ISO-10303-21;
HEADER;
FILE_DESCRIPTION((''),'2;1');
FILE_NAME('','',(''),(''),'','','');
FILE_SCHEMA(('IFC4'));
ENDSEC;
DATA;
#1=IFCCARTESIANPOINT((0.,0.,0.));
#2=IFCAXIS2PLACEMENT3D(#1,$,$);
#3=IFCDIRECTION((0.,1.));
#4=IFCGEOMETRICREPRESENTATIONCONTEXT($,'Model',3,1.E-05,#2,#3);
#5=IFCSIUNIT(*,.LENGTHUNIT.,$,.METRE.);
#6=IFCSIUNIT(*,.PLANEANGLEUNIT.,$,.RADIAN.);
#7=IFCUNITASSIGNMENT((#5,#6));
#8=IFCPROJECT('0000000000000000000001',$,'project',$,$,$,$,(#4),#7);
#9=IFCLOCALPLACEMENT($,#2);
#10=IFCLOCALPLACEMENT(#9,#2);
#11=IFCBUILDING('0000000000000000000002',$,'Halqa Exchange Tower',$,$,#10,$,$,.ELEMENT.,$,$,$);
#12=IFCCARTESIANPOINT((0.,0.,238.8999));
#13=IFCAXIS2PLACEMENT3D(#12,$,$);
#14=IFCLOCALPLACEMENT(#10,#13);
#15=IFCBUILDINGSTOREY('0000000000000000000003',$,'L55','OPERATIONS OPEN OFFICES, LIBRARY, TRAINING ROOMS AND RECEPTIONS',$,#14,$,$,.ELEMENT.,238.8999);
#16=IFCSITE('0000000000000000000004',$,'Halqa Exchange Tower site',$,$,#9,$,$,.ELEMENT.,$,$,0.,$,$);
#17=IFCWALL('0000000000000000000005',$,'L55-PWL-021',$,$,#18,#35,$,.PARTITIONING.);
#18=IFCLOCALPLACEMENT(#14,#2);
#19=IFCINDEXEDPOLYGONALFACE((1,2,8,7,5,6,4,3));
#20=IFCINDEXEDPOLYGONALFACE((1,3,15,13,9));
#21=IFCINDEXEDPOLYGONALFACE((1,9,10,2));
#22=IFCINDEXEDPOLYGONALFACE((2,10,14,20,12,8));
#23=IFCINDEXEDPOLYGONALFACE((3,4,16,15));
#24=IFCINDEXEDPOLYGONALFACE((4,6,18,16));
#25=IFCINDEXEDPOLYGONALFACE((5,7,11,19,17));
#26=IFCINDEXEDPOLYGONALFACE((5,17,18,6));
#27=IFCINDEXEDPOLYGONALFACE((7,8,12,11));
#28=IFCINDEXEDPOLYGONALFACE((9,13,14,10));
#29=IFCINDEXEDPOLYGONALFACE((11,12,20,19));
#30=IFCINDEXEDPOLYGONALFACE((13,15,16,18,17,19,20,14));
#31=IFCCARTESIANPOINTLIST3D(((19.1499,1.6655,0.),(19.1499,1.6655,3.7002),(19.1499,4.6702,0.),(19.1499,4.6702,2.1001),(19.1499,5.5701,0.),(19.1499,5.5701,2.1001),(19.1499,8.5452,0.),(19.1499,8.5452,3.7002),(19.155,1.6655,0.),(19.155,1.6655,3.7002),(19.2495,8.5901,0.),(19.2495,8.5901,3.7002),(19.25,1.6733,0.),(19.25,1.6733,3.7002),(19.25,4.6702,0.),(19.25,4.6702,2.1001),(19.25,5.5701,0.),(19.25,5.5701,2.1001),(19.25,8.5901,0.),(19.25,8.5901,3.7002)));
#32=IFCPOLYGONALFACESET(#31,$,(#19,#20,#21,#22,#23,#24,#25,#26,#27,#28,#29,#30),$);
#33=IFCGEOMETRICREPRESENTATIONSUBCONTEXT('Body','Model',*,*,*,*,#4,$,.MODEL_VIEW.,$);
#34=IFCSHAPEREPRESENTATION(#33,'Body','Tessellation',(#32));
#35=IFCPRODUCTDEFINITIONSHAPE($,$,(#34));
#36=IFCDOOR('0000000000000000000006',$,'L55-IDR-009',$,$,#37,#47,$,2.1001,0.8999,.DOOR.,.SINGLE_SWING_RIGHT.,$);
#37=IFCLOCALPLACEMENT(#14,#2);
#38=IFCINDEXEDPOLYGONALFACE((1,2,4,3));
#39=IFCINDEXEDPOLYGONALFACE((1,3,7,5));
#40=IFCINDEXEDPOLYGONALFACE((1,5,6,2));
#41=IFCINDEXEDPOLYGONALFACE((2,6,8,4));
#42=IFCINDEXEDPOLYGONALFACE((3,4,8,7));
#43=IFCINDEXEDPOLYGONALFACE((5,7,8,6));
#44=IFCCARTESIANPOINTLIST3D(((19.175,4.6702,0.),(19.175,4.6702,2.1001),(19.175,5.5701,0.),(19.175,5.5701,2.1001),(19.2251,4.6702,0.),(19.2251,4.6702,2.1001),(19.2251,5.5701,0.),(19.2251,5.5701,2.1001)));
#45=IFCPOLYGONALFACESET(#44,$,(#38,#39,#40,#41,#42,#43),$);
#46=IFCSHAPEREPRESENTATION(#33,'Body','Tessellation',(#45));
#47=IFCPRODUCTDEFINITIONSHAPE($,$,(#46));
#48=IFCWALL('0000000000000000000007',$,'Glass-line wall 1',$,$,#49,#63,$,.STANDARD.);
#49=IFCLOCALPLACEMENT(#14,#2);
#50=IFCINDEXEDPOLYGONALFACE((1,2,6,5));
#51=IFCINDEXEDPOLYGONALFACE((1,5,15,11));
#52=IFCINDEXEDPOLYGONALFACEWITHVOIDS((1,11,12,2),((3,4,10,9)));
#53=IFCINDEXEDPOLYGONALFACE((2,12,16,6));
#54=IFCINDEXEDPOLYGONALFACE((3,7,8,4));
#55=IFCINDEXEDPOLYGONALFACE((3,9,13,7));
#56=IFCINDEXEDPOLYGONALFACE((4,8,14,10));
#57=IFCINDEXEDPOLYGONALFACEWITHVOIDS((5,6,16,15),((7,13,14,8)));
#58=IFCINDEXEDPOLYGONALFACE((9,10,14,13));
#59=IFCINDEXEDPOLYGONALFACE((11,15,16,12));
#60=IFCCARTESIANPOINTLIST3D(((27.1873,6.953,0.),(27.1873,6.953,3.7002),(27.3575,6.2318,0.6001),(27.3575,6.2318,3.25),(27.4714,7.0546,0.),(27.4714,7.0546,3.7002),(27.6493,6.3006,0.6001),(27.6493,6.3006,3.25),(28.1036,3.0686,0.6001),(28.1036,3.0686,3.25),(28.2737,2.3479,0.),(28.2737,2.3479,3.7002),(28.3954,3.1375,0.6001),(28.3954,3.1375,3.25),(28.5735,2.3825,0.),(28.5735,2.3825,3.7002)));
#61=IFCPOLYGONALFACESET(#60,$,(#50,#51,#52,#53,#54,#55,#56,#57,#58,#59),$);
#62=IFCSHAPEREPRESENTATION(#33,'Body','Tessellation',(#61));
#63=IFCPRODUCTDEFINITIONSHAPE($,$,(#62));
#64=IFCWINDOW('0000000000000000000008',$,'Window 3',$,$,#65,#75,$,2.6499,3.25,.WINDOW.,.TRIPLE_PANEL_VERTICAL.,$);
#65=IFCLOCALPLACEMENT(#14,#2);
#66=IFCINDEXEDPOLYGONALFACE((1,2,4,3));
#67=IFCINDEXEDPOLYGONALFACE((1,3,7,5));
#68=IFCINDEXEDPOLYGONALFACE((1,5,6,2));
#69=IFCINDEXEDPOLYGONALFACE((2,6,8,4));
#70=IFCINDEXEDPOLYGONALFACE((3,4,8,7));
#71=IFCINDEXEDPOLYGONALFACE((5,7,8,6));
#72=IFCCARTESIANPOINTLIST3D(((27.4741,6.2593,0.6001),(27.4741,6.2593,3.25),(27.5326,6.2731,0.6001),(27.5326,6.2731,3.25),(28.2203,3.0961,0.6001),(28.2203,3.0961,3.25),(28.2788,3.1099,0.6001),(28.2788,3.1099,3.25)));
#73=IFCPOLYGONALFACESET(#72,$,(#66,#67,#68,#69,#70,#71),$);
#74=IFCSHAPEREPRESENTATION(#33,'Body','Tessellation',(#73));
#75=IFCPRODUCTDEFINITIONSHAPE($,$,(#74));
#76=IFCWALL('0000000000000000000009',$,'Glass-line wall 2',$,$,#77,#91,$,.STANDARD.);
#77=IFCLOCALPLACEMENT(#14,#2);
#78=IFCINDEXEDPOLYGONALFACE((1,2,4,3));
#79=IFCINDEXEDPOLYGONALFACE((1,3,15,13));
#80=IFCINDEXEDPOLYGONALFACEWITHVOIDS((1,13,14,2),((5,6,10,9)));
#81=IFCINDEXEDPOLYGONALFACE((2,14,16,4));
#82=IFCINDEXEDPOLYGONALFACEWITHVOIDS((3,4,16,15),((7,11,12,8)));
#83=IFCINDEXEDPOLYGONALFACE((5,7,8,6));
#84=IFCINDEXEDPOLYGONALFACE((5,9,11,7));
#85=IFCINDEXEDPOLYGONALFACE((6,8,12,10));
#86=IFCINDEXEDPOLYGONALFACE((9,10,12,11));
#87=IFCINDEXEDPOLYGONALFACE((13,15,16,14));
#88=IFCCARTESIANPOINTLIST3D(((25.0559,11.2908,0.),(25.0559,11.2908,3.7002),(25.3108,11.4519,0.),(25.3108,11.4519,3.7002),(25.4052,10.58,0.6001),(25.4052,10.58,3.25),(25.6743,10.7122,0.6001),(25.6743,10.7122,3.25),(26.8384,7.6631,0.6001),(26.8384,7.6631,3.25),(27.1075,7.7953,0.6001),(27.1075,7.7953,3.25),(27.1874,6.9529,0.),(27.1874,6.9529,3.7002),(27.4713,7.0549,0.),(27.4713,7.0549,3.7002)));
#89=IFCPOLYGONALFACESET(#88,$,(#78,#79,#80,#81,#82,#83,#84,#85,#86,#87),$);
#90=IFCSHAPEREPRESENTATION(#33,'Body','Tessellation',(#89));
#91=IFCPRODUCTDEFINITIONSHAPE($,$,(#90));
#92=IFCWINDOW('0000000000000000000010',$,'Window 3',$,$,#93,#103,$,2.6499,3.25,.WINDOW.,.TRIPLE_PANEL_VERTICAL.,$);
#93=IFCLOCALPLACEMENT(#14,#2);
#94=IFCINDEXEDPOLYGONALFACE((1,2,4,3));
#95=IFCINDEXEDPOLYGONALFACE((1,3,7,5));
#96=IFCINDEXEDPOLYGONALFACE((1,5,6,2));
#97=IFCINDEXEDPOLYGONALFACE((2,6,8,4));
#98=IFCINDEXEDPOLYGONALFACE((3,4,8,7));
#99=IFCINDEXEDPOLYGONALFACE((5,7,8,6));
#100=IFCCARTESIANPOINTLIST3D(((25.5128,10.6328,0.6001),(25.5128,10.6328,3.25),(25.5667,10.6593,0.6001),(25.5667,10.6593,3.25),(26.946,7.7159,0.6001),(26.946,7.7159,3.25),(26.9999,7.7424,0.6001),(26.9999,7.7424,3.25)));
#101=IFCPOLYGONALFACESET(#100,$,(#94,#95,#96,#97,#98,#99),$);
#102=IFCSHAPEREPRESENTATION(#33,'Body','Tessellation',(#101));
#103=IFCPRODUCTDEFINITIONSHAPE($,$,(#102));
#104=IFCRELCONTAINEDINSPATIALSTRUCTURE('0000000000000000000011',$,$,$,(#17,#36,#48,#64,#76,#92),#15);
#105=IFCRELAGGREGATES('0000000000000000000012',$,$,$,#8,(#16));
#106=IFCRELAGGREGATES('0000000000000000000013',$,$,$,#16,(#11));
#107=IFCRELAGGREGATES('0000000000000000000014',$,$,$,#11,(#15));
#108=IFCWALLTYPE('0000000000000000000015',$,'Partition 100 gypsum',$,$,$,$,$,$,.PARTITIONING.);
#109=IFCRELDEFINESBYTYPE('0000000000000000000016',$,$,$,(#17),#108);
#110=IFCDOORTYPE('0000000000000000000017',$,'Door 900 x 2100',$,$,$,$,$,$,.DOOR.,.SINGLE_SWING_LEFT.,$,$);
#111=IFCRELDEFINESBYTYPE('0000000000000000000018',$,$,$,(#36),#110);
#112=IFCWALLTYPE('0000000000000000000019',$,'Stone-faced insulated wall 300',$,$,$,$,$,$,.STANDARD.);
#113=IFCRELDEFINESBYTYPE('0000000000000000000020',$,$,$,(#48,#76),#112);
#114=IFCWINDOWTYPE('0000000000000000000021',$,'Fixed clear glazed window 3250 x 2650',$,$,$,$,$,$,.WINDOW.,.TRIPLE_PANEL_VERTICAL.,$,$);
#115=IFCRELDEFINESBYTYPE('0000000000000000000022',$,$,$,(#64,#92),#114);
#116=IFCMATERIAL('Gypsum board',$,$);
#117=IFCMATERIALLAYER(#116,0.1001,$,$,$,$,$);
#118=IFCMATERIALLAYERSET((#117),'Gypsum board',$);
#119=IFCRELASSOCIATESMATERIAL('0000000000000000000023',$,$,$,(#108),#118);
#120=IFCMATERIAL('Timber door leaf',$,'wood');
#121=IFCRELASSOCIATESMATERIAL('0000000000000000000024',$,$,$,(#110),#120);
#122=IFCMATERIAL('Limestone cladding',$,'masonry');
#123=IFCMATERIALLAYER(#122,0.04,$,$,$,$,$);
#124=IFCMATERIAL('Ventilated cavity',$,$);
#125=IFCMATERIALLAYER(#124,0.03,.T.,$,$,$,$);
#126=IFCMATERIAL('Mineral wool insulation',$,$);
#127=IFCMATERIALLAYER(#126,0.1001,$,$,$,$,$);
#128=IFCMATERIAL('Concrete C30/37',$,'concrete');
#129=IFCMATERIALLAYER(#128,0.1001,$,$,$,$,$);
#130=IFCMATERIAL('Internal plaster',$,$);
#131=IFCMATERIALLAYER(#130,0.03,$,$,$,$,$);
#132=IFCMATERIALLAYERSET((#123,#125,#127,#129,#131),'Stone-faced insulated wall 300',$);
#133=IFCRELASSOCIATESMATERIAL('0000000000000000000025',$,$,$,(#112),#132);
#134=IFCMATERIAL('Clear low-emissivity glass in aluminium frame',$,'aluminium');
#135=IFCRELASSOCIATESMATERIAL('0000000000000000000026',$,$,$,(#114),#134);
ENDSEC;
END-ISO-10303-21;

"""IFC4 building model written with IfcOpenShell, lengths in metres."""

from ifc_helpers import new_model, si_unit, direction, frame, frame_2d, origin, place, context, subcontext, project, spatial, polyline, rectangle, outline, extrude, material, layer, layer_set, type_object, element, fill, save


model = new_model("IFC4")

# Units and contexts
model_context = context("Model", 3, precision=1e-05, world=origin(), true_north=direction((0.0, 1.0)))
body_context = subcontext(model_context, "Body", "Model", "MODEL_VIEW")
ifc_project = project(units=[si_unit("LENGTHUNIT", "METRE"), si_unit("PLANEANGLEUNIT", "RADIAN")], contexts=[model_context])

# Site, building, storey
site_placement = place(None, origin())
site = spatial("IfcSite", under=ifc_project, at=site_placement, Name="Halqa Exchange Tower site", CompositionType="ELEMENT", RefElevation=0.0)
building_placement = place(site_placement, origin())
building = spatial("IfcBuilding", under=site, at=building_placement, Name="Halqa Exchange Tower", CompositionType="ELEMENT")
storey_placement = place(building_placement, frame((0.0, 0.0, 238.8999)))
storey = spatial("IfcBuildingStorey", under=building, at=storey_placement, Name="L55", Description="OPERATIONS OPEN OFFICES, LIBRARY, TRAINING ROOMS AND RECEPTIONS", CompositionType="ELEMENT", Elevation=238.8999)

# Wall, opening, door
ifc_material_1 = material(Name="Gypsum board")
ifc_layer_1 = layer(ifc_material_1, 0.1001)
ifc_layer_set_1 = layer_set([ifc_layer_1], Name="Gypsum board")
wall_type_1 = type_object("IfcWallType", Name="Partition 100 gypsum", PredefinedType="PARTITIONING", material=ifc_layer_set_1)
wall_1_placement = place(storey_placement, frame((19.2, 8.5901, 0.0), z_axis=(0.0, 0.0, 1.0), x_axis=(0.0, -1.0, 0.0)))
wall_1 = element("IfcWall", 1, at=wall_1_placement, inside=storey, type_object=wall_type_1, Name="L55-PWL-021", PredefinedType="PARTITIONING", context=body_context, shape_type="SweptSolid", body=[
    extrude(outline(polyline([(6.9246, -0.05), (6.9246, -0.0449), (6.9167, 0.05), (5.1875, 0.05), (3.4583, 0.05), (1.7292, 0.05), (0.0, 0.05), (0.0, 0.0496), (0.0449, -0.05), (1.7646, -0.05), (3.4846, -0.05), (5.2046, -0.05), (6.9246, -0.05)])), origin(), (0.0, 0.0, 1.0), 3.7002),
])
opening_1_placement = place(wall_1_placement, frame((3.02, 0.0, 0.0)))
opening_1 = element("IfcOpeningElement", 2, at=opening_1_placement, cuts=wall_1, PredefinedType="OPENING", context=body_context, shape_type="SweptSolid", body=[
    extrude(rectangle(XDim=0.8999, YDim=2.1001, at=frame_2d((0.45, 1.05))), frame((0.0, 0.062, 0.0), z_axis=(0.0, -1.0, 0.0), x_axis=(1.0, 0.0, 0.0)), (0.0, 0.0, 1.0), 0.124),
])
ifc_material_2 = material(Name="Timber door leaf", Category="wood")
door_type_1 = type_object("IfcDoorType", Name="Door 900 x 2100", OperationType="SINGLE_SWING_LEFT", PredefinedType="DOOR", material=ifc_material_2)
door_1_placement = place(opening_1_placement, frame((0.8999, 0.0, 0.0), z_axis=(0.0, 0.0, 1.0), x_axis=(-1.0, 0.0, 0.0)))
door_1 = element("IfcDoor", 3, at=door_1_placement, inside=storey, type_object=door_type_1, Name="L55-IDR-009", OperationType="SINGLE_SWING_RIGHT", OverallHeight=2.1001, OverallWidth=0.8999, PredefinedType="DOOR", context=body_context, shape_type="SweptSolid", body=[
    extrude(rectangle(XDim=0.8999, YDim=2.1001, at=frame_2d((0.45, 1.05))), frame((0.0, 0.0249, 0.0), z_axis=(0.0, -1.0, 0.0), x_axis=(1.0, 0.0, 0.0)), (0.0, 0.0, 1.0), 0.05),
])
fill(opening_1, door_1)

# Walls, openings, windows
ifc_material_3 = material(Name="Limestone cladding", Category="masonry")
ifc_layer_2 = layer(ifc_material_3, 0.04)
ifc_material_4 = material(Name="Ventilated cavity")
ifc_layer_3 = layer(ifc_material_4, 0.03, ventilated=True)
ifc_material_5 = material(Name="Mineral wool insulation")
ifc_layer_4 = layer(ifc_material_5, 0.1001)
ifc_material_6 = material(Name="Concrete C30/37", Category="concrete")
ifc_layer_5 = layer(ifc_material_6, 0.1001)
ifc_material_7 = material(Name="Internal plaster")
ifc_layer_6 = layer(ifc_material_7, 0.03)
ifc_layer_set_2 = layer_set([ifc_layer_2, ifc_layer_3, ifc_layer_4, ifc_layer_5, ifc_layer_6], Name="Stone-faced insulated wall 300")
wall_type_2 = type_object("IfcWallType", Name="Stone-faced insulated wall 300", PredefinedType="STANDARD", material=ifc_layer_set_2)
wall_2_placement = place(storey_placement, frame((28.4236, 2.3652, 0.0), z_axis=(0.0, 0.0, 1.0), x_axis=(-0.229593, 0.973287, 0.0)))
wall_2 = element("IfcWall", 4, at=wall_2_placement, inside=storey, type_object=wall_type_2, Name="Glass-line wall 1", PredefinedType="STANDARD", context=body_context, shape_type="SweptSolid", body=[
    extrude(outline(polyline([(-0.0176, -0.1499), (4.7827, -0.1499), (4.749, 0.1499), (0.0176, 0.1499), (-0.0176, -0.1499)])), origin(), (0.0, 0.0, 1.0), 3.7002),
])
opening_2_placement = place(wall_2_placement, frame((0.7581, 0.0, 0.6001)))
opening_2 = element("IfcOpeningElement", 5, at=opening_2_placement, cuts=wall_2, PredefinedType="OPENING", context=body_context, shape_type="SweptSolid", body=[
    extrude(rectangle(XDim=3.25, YDim=2.6499, at=frame_2d((1.625, 1.325))), frame((0.0, 0.1621, 0.0), z_axis=(0.0, -1.0, 0.0), x_axis=(1.0, 0.0, 0.0)), (0.0, 0.0, 1.0), 0.324),
])
ifc_material_8 = material(Name="Clear low-emissivity glass in aluminium frame", Category="aluminium")
window_type = type_object("IfcWindowType", Name="Fixed clear glazed window 3250 x 2650", PartitioningType="TRIPLE_PANEL_VERTICAL", PredefinedType="WINDOW", material=ifc_material_8)
window_1_placement = place(opening_2_placement, origin())
window_1 = element("IfcWindow", 6, at=window_1_placement, inside=storey, type_object=window_type, Name="Window 3", OverallHeight=2.6499, OverallWidth=3.25, PartitioningType="TRIPLE_PANEL_VERTICAL", PredefinedType="WINDOW", context=body_context, shape_type="SweptSolid", body=[
    extrude(rectangle(XDim=3.25, YDim=2.6499, at=frame_2d((1.625, 1.325))), frame((0.0, 0.03, 0.0), z_axis=(0.0, -1.0, 0.0), x_axis=(1.0, 0.0, 0.0)), (0.0, 0.0, 1.0), 0.0601),
])
fill(opening_2, window_1)
wall_3_placement = place(storey_placement, frame((27.3293, 7.0039, 0.0), z_axis=(0.0, 0.0, 1.0), x_axis=(-0.441002, 0.897506, 0.0)))
wall_3 = element("IfcWall", 7, at=wall_3_placement, inside=storey, type_object=wall_type_2, Name="Glass-line wall 2", PredefinedType="STANDARD", context=body_context, shape_type="SweptSolid", body=[
    extrude(outline(polyline([(-0.0168, -0.1499), (4.8823, -0.1499), (4.8501, 0.1499), (0.0168, 0.1499), (-0.0168, -0.1499)])), origin(), (0.0, 0.0, 1.0), 3.7002),
])
opening_3_placement = place(wall_3_placement, frame((0.8081, 0.0, 0.6001)))
opening_3 = element("IfcOpeningElement", 8, at=opening_3_placement, cuts=wall_3, PredefinedType="OPENING", context=body_context, shape_type="SweptSolid", body=[
    extrude(rectangle(XDim=3.25, YDim=2.6499, at=frame_2d((1.625, 1.325))), frame((0.0, 0.1621, 0.0), z_axis=(0.0, -1.0, 0.0), x_axis=(1.0, 0.0, 0.0)), (0.0, 0.0, 1.0), 0.324),
])
window_2_placement = place(opening_3_placement, origin())
window_2 = element("IfcWindow", 9, at=window_2_placement, inside=storey, type_object=window_type, Name="Window 3", OverallHeight=2.6499, OverallWidth=3.25, PartitioningType="TRIPLE_PANEL_VERTICAL", PredefinedType="WINDOW", context=body_context, shape_type="SweptSolid", body=[
    extrude(rectangle(XDim=3.25, YDim=2.6499, at=frame_2d((1.625, 1.325))), frame((0.0, 0.03, 0.0), z_axis=(0.0, -1.0, 0.0), x_axis=(1.0, 0.0, 0.0)), (0.0, 0.0, 1.0), 0.0601),
])
fill(opening_3, window_2)

save(model, "model.ifc")
